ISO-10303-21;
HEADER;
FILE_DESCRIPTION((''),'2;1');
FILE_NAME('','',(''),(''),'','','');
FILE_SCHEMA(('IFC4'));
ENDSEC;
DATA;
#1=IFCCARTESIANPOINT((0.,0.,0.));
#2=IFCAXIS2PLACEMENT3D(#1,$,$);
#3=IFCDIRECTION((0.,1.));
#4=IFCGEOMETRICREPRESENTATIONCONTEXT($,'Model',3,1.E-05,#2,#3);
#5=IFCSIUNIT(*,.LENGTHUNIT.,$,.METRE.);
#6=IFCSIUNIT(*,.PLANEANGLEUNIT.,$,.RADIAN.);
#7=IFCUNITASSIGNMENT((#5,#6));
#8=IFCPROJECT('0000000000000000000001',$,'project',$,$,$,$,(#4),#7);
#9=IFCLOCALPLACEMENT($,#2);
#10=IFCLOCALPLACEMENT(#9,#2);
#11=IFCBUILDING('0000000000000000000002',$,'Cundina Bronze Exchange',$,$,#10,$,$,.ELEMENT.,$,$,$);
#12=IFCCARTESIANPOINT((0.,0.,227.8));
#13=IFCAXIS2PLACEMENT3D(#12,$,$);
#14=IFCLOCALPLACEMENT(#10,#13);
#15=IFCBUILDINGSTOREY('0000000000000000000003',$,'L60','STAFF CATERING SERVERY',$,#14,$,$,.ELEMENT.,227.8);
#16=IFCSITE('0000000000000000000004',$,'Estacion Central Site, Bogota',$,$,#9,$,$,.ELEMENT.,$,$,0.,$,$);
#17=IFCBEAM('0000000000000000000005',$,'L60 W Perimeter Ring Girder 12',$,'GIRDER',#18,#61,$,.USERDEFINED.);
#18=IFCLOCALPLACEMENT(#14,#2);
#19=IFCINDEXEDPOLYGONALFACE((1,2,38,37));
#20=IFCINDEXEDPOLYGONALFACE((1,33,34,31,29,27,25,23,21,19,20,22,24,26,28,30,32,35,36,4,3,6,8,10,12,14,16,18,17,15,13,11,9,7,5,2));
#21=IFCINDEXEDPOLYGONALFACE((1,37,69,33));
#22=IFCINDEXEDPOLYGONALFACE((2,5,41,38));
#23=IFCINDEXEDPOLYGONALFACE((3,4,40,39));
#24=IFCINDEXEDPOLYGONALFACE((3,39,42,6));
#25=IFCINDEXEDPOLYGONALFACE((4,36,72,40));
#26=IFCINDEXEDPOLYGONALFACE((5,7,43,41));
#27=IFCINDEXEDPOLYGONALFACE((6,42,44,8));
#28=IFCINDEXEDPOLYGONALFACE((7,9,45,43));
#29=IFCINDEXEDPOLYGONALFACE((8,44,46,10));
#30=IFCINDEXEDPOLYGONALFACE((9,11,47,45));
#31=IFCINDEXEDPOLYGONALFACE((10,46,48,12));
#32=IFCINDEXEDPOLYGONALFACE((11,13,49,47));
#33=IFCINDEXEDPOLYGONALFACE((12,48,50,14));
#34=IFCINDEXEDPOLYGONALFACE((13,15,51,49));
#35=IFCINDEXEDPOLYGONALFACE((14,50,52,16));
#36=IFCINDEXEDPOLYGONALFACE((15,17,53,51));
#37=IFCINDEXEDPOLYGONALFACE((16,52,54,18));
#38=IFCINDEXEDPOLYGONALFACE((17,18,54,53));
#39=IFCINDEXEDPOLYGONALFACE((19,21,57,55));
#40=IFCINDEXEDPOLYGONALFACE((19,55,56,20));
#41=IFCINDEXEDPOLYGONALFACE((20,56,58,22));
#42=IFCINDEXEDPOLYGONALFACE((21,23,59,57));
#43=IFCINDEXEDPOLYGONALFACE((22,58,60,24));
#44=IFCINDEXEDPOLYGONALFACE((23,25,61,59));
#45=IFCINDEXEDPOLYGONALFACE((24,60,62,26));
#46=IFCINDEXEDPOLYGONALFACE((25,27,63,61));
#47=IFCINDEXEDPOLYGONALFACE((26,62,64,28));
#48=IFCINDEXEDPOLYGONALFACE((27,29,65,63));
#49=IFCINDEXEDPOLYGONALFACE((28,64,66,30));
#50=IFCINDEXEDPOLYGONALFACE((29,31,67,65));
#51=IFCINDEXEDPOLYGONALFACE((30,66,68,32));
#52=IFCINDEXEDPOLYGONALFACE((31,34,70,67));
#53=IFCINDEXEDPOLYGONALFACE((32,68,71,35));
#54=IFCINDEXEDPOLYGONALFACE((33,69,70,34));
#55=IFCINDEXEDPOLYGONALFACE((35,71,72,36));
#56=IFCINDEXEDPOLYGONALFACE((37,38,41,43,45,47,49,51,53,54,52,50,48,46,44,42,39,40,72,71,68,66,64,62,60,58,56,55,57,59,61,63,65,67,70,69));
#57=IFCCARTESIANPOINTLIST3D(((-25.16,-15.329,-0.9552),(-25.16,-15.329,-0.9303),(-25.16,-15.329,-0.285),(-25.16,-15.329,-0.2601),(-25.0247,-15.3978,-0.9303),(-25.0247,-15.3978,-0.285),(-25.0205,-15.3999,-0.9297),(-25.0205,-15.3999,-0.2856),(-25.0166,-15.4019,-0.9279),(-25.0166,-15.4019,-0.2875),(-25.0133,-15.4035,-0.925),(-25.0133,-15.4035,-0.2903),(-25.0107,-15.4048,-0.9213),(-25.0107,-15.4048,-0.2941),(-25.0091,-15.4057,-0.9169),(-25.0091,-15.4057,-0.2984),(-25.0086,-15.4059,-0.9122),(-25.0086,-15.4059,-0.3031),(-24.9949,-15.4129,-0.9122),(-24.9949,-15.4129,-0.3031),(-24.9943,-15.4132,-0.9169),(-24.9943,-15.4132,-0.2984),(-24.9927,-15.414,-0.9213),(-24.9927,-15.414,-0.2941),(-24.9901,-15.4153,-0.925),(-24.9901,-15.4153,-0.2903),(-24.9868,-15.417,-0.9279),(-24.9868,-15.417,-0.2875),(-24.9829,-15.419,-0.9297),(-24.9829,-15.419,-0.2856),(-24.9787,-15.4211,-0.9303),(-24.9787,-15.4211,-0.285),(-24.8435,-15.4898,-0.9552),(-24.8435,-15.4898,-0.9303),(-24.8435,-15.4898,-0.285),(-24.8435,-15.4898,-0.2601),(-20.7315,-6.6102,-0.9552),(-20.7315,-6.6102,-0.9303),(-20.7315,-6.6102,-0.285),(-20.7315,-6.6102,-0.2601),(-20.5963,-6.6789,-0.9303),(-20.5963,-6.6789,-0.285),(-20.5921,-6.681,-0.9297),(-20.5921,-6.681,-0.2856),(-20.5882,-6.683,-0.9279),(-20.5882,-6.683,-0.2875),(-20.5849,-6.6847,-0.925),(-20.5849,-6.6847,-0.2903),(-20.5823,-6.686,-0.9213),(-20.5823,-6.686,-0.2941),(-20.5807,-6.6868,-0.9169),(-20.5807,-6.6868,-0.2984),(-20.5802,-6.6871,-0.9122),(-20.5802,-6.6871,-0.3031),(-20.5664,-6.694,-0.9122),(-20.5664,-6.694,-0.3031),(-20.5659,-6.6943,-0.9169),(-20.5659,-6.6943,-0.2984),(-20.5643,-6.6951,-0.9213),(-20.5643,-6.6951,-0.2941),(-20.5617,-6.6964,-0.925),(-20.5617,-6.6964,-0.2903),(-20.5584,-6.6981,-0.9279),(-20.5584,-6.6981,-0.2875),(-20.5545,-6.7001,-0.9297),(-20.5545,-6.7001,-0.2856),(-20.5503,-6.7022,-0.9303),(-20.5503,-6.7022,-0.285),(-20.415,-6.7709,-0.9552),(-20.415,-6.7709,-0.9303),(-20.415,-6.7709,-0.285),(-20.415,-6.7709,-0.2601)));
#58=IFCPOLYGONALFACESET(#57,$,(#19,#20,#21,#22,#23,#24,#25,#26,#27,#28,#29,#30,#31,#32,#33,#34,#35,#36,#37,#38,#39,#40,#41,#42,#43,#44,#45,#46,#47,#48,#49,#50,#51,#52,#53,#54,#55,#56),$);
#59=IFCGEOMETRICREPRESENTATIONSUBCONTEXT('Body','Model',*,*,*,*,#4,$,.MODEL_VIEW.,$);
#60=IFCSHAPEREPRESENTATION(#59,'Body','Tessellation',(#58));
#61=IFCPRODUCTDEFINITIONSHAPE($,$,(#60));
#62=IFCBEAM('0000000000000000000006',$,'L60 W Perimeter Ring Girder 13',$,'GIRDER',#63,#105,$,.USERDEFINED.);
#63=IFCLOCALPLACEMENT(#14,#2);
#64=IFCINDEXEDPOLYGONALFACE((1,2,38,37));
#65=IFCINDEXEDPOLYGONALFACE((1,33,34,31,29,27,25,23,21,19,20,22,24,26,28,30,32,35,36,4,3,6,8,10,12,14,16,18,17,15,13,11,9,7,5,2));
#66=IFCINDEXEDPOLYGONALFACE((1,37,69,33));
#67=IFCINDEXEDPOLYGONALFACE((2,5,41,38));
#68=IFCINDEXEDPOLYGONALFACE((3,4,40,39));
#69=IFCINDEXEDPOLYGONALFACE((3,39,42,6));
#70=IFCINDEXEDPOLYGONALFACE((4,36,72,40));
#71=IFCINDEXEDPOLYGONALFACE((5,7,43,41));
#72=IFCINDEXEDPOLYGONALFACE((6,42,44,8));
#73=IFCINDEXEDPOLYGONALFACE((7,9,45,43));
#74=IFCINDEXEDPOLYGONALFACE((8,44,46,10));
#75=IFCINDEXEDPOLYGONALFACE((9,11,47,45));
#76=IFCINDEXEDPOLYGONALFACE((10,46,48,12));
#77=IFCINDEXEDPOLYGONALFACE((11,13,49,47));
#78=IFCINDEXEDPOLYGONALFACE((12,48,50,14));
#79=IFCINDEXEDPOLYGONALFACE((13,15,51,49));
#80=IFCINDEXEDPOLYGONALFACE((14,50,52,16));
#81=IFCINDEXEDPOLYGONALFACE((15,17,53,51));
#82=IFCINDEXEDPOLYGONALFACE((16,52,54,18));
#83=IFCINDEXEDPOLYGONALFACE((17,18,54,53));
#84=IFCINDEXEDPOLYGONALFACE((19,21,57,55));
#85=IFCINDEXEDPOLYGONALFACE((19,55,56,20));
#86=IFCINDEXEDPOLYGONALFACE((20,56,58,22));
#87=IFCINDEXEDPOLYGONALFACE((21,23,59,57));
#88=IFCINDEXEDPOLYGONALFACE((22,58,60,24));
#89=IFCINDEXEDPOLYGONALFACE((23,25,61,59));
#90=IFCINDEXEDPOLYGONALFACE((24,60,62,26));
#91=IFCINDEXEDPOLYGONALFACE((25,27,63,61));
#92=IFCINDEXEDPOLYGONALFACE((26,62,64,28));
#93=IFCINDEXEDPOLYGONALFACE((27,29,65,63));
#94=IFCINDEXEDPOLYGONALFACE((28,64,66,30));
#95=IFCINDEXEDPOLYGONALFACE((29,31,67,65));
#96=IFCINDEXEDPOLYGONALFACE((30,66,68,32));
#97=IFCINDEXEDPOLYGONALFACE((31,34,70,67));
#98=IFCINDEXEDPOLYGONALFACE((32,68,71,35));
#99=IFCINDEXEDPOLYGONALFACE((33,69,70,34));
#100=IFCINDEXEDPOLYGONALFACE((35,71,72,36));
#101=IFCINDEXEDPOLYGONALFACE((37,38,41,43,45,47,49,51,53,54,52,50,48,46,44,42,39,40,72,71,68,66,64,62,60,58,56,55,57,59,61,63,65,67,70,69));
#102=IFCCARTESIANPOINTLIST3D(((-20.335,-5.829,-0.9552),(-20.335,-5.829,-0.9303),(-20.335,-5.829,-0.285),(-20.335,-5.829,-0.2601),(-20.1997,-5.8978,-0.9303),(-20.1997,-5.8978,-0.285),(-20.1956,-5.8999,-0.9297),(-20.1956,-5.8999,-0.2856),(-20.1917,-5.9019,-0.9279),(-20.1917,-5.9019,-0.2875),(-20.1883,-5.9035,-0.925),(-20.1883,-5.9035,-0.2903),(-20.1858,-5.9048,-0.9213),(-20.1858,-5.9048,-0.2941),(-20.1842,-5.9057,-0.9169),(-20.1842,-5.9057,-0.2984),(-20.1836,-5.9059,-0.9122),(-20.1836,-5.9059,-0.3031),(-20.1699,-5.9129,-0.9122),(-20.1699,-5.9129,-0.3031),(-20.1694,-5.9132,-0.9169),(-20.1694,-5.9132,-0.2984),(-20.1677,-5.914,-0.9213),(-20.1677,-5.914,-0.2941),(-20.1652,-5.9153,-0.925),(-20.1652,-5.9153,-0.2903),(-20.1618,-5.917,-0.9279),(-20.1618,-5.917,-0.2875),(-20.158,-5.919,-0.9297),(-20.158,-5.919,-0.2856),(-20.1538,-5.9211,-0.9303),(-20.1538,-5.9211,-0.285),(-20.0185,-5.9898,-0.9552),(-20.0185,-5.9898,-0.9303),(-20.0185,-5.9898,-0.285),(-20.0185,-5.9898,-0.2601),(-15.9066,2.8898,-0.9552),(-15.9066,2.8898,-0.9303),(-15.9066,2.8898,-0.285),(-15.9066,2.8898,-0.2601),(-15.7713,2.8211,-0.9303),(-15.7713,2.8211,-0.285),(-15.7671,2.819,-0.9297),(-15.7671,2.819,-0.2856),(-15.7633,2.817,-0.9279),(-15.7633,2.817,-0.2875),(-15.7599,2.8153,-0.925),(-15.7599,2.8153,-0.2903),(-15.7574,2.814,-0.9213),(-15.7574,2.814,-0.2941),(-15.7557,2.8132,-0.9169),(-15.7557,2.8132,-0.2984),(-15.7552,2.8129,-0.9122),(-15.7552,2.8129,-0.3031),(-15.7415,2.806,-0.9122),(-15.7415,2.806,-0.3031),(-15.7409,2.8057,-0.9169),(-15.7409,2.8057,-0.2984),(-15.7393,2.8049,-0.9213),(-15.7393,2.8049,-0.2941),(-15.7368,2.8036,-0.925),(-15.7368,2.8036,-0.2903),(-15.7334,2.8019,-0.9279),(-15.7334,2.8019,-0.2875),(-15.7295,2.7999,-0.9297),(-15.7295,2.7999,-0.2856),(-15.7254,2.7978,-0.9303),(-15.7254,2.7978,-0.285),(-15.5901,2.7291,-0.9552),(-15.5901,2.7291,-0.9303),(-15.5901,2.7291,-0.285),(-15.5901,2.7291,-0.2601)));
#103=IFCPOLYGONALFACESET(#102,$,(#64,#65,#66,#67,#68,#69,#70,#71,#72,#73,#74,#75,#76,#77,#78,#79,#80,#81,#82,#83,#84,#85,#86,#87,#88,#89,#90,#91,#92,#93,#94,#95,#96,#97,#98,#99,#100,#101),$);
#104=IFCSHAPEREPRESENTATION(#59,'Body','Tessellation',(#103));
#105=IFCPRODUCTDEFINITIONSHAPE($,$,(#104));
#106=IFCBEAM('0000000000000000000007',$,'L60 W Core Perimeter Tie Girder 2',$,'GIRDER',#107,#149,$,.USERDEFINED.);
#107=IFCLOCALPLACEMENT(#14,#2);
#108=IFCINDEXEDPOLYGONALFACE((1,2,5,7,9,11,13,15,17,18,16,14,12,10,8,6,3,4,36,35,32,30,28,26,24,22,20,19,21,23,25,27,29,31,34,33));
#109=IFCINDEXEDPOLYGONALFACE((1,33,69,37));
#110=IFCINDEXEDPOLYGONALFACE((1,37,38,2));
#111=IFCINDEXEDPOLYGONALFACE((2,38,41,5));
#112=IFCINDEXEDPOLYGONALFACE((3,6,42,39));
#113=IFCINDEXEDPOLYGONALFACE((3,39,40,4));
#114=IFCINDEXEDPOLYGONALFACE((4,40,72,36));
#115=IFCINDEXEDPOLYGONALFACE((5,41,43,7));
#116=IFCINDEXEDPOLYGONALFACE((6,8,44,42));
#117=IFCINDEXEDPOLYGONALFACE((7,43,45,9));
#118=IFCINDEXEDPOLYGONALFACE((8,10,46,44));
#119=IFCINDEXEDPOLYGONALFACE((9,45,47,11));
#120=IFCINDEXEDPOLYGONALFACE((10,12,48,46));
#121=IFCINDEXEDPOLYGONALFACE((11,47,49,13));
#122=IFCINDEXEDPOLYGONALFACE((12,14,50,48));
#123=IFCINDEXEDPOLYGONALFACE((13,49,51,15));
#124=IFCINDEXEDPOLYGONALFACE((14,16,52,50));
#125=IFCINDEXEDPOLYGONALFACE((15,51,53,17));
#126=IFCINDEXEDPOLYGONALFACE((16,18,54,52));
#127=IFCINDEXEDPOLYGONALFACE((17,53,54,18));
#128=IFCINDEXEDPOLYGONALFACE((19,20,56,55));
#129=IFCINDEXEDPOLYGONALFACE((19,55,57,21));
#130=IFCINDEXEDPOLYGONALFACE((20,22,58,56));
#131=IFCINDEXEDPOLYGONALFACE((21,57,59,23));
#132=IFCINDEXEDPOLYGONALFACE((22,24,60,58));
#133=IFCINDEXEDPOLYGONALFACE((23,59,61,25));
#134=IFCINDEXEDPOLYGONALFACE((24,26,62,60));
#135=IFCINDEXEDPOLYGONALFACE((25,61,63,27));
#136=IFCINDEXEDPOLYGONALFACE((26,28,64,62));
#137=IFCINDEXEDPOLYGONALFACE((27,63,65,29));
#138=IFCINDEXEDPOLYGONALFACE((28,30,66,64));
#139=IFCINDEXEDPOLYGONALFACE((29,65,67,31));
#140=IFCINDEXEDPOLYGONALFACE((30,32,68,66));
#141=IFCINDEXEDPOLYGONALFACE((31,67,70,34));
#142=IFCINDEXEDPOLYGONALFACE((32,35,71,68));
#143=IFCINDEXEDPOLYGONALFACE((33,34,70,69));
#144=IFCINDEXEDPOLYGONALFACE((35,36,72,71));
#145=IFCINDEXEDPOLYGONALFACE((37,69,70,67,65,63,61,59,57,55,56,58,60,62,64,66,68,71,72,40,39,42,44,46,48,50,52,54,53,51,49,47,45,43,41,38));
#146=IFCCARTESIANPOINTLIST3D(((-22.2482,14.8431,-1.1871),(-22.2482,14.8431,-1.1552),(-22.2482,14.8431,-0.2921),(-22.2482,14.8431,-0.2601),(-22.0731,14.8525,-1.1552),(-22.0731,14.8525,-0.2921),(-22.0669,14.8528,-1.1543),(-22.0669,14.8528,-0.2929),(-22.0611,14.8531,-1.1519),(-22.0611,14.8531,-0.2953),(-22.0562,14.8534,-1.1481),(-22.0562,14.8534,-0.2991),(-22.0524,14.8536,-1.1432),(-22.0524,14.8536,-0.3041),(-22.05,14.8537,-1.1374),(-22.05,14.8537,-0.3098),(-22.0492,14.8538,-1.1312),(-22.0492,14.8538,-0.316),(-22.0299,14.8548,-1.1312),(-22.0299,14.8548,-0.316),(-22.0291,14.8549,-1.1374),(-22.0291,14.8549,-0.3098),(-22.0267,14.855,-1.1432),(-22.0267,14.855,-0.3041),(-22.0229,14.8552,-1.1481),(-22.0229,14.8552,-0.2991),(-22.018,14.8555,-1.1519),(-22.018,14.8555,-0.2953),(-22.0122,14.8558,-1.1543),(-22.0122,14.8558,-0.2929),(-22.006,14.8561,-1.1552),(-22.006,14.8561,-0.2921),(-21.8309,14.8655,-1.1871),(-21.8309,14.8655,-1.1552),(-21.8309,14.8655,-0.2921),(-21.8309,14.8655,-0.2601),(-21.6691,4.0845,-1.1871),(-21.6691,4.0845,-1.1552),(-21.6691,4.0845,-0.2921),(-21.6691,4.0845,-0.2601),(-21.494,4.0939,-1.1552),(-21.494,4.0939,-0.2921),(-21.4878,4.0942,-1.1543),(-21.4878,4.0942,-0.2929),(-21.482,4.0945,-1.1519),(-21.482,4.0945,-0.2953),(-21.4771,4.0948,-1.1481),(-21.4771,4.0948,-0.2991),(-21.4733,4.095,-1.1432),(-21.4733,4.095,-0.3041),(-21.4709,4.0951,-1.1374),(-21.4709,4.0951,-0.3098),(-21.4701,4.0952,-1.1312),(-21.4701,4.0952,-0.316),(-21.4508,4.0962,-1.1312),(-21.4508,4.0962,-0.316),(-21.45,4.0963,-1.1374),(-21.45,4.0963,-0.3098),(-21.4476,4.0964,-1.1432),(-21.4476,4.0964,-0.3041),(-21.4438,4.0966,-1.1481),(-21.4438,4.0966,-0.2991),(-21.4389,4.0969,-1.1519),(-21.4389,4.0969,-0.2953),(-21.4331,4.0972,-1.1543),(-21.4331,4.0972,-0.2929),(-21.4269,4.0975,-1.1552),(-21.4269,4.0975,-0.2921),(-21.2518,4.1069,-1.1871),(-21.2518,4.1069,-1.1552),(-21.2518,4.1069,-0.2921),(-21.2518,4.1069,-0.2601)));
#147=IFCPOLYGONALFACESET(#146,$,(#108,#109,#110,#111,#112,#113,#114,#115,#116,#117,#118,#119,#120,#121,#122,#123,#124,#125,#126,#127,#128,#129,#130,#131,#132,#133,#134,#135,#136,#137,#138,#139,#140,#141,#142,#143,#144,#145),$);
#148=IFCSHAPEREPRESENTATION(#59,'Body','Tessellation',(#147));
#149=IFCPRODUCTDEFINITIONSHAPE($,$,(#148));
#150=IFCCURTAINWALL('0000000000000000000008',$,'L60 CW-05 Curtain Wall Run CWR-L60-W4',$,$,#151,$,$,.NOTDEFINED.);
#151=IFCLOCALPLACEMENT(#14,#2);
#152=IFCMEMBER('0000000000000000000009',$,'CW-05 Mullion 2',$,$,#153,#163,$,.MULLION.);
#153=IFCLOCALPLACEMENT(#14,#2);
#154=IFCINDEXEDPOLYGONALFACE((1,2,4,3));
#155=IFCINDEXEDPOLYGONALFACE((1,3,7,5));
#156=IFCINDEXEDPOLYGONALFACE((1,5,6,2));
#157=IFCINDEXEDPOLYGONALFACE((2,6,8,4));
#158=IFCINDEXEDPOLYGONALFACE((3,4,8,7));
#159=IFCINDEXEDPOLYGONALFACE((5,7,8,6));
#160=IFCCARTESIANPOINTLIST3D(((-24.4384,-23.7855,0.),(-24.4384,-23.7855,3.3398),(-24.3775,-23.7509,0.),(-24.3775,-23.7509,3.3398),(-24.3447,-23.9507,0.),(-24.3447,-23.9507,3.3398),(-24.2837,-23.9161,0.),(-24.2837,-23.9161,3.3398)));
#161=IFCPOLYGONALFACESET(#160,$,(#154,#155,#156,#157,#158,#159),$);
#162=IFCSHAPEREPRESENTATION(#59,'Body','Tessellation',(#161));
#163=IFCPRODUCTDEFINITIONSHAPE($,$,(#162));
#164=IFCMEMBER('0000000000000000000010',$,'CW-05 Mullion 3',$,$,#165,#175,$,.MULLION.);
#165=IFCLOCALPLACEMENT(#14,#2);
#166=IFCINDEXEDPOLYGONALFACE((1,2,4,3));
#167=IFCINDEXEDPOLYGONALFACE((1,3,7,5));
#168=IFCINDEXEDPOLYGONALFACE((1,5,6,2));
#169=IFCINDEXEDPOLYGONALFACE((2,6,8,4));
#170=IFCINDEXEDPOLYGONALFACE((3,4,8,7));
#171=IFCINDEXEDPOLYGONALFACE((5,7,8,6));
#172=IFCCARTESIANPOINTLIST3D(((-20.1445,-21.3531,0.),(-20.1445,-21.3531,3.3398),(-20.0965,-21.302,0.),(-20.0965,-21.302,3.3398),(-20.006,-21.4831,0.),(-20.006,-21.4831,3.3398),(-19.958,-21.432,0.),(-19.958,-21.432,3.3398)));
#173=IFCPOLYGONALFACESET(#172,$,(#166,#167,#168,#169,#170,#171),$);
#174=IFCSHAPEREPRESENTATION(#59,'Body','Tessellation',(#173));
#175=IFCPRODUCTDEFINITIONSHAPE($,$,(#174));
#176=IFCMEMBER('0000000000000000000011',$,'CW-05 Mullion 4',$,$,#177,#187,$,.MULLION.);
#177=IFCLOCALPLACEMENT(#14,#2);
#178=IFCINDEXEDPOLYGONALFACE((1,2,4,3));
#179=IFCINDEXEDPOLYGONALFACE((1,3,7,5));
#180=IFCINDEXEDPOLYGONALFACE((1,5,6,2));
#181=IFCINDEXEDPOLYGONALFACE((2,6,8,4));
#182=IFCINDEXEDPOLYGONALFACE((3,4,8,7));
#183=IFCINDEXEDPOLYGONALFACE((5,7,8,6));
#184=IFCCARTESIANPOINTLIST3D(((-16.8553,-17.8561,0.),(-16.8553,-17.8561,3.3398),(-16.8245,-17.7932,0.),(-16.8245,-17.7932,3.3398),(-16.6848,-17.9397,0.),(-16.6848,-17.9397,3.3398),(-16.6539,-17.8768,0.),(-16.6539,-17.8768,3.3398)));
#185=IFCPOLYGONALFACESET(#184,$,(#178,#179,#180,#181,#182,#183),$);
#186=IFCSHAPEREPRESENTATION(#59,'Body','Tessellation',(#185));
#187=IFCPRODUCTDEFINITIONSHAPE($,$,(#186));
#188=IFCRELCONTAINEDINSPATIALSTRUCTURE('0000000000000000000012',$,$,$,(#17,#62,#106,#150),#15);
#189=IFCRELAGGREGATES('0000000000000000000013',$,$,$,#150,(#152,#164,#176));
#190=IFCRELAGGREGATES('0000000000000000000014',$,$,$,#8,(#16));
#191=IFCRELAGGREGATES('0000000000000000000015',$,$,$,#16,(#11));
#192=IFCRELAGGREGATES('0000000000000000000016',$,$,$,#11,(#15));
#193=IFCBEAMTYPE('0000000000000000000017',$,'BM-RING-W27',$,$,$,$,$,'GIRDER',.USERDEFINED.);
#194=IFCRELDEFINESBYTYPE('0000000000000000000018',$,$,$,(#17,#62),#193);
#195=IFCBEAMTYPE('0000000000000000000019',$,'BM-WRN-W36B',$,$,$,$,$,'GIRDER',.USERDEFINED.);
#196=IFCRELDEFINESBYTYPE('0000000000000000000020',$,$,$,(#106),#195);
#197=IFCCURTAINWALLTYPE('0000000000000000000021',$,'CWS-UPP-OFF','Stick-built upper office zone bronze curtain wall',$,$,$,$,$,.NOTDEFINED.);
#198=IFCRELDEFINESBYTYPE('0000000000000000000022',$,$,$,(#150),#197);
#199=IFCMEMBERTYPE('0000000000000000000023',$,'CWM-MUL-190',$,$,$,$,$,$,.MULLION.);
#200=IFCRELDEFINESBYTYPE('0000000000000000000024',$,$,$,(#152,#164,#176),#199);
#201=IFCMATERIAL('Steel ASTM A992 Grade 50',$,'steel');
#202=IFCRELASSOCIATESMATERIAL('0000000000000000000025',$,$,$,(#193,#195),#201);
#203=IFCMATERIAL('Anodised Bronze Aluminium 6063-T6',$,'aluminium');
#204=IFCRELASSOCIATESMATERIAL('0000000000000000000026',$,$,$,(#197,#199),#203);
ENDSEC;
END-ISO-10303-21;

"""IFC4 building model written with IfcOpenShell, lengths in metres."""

from ifc_helpers import new_model, si_unit, direction, frame, origin, origin_2d, place, context, subcontext, project, spatial, rectangle, i_section, extrude, material, material_profile, profile_set, type_object, element, aggregate, save


model = new_model("IFC4")

# Units and contexts
model_context = context("Model", 3, precision=1e-05, world=origin(), true_north=direction((0.0, 1.0)))
body_context = subcontext(model_context, "Body", "Model", "MODEL_VIEW")
ifc_project = project(units=[si_unit("LENGTHUNIT", "METRE"), si_unit("PLANEANGLEUNIT", "RADIAN")], contexts=[model_context])

# Site, building, storey
site_placement = place(None, origin())
site = spatial("IfcSite", under=ifc_project, at=site_placement, Name="Estacion Central Site, Bogota", CompositionType="ELEMENT", RefElevation=0.0)
building_placement = place(site_placement, origin())
building = spatial("IfcBuilding", under=site, at=building_placement, Name="Cundina Bronze Exchange", CompositionType="ELEMENT")
storey_placement = place(building_placement, frame((0.0, 0.0, 227.8)))
storey = spatial("IfcBuildingStorey", under=building, at=storey_placement, Name="L60", Description="STAFF CATERING SERVERY", CompositionType="ELEMENT", Elevation=227.8)

# Shared definitions
ifc_material_1 = material(Name="Steel ASTM A992 Grade 50", Category="steel")

# Beams
ifc_material_profile_1 = material_profile(ifc_material_1, i_section(OverallWidth=0.355, OverallDepth=0.6951, WebThickness=0.0154, FlangeThickness=0.0249, FilletRadius=0.0181, at=origin_2d()), Name="W27X146", Category="steel")
ifc_profile_set_1 = profile_set([ifc_material_profile_1], Name="Steel ASTM A992 Grade 50")
beam_type_1 = type_object("IfcBeamType", Name="BM-RING-W27", ElementType="GIRDER", PredefinedType="USERDEFINED", material=ifc_profile_set_1)
for number, where, z_axis, x_axis, name in (
    (1, (-25.0017, -15.4094, -0.6077), (0.452847, 0.891588, 0.0), (-0.891588, 0.452847, 0.0), "L60 W Perimeter Ring Girder 12"),
    (2, (-20.1768, -5.9094, -0.6077), (0.452847, 0.891588, 0.0), (-0.891588, 0.452847, 0.0), "L60 W Perimeter Ring Girder 13"),
):
    element("IfcBeam", number, at=place(storey_placement, frame(where, z_axis=z_axis, x_axis=x_axis)), inside=storey, type_object=beam_type_1, Name=name, ObjectType="GIRDER", PredefinedType="USERDEFINED", context=body_context, shape_type="SweptSolid", body=[
        extrude(i_section(OverallWidth=0.355, OverallDepth=0.6951, WebThickness=0.0154, FlangeThickness=0.0249, FilletRadius=0.0181, at=origin_2d()), origin(), (0.0, 0.0, 1.0), 9.7791),
    ])
ifc_material_profile_2 = material_profile(ifc_material_1, i_section(OverallWidth=0.418, OverallDepth=0.927, WebThickness=0.0193, FlangeThickness=0.032, FilletRadius=0.0239, at=origin_2d()), Name="W36X231", Category="steel")
ifc_profile_set_2 = profile_set([ifc_material_profile_2], Name="Steel ASTM A992 Grade 50")
beam_type_2 = type_object("IfcBeamType", Name="BM-WRN-W36B", ElementType="GIRDER", PredefinedType="USERDEFINED", material=ifc_profile_set_2)
beam_1_placement = place(storey_placement, frame((-21.4604, 4.0957, -0.7236), z_axis=(-0.053749, 0.998554, 0.0), x_axis=(-0.998554, -0.053749, 0.0)))
element("IfcBeam", 3, at=beam_1_placement, inside=storey, type_object=beam_type_2, Name="L60 W Core Perimeter Tie Girder 2", ObjectType="GIRDER", PredefinedType="USERDEFINED", context=body_context, shape_type="SweptSolid", body=[
    extrude(i_section(OverallWidth=0.418, OverallDepth=0.927, WebThickness=0.0193, FlangeThickness=0.032, FilletRadius=0.0239, at=origin_2d()), origin(), (0.0, 0.0, 1.0), 10.7742),
])

# Curtain wall, members
ifc_material_2 = material(Name="Anodised Bronze Aluminium 6063-T6", Category="aluminium")
curtain_wall_type = type_object("IfcCurtainWallType", Name="CWS-UPP-OFF", Description="Stick-built upper office zone bronze curtain wall", PredefinedType="NOTDEFINED", material=ifc_material_2)
curtain_wall_placement = place(storey_placement, origin())
curtain_wall = element("IfcCurtainWall", 4, at=curtain_wall_placement, inside=storey, type_object=curtain_wall_type, Name="L60 CW-05 Curtain Wall Run CWR-L60-W4", PredefinedType="NOTDEFINED")
ifc_material_profile_3 = material_profile(ifc_material_2, rectangle(XDim=0.0701, YDim=0.1899, at=origin_2d()), Name="AL70X190", Category="aluminium")
ifc_profile_set_3 = profile_set([ifc_material_profile_3], Name="Anodised Bronze Aluminium 6063-T6")
member_type_1 = type_object("IfcMemberType", Name="CWM-MUL-190", PredefinedType="MULLION", material=ifc_profile_set_3)
member_1_placement = place(storey_placement, frame((-24.3611, -23.8508, 0.0), z_axis=(0.0, 0.0, 1.0), x_axis=(0.869581, 0.49379, 0.0)))
member_1 = element("IfcMember", 5, at=member_1_placement, type_object=member_type_1, Name="CW-05 Mullion 2", PredefinedType="MULLION", context=body_context, shape_type="SweptSolid", body=[
    extrude(rectangle(XDim=0.0701, YDim=0.1899, at=origin_2d()), origin(), (0.0, 0.0, 1.0), 3.3398),
])
member_2_placement = place(storey_placement, frame((-20.0513, -21.3926, 0.0), z_axis=(0.0, 0.0, 1.0), x_axis=(0.684293, 0.729208, 0.0)))
member_2 = element("IfcMember", 6, at=member_2_placement, type_object=member_type_1, Name="CW-05 Mullion 3", PredefinedType="MULLION", context=body_context, shape_type="SweptSolid", body=[
    extrude(rectangle(XDim=0.0701, YDim=0.1899, at=origin_2d()), origin(), (0.0, 0.0, 1.0), 3.3398),
])
member_3_placement = place(storey_placement, frame((-16.7546, -17.8665, 0.0), z_axis=(0.0, 0.0, 1.0), x_axis=(0.440566, 0.89772, 0.0)))
member_3 = element("IfcMember", 7, at=member_3_placement, type_object=member_type_1, Name="CW-05 Mullion 4", PredefinedType="MULLION", context=body_context, shape_type="SweptSolid", body=[
    extrude(rectangle(XDim=0.0701, YDim=0.1899, at=origin_2d()), origin(), (0.0, 0.0, 1.0), 3.3398),
])
aggregate(curtain_wall, [member_1, member_2, member_3])

save(model, "model.ifc")
